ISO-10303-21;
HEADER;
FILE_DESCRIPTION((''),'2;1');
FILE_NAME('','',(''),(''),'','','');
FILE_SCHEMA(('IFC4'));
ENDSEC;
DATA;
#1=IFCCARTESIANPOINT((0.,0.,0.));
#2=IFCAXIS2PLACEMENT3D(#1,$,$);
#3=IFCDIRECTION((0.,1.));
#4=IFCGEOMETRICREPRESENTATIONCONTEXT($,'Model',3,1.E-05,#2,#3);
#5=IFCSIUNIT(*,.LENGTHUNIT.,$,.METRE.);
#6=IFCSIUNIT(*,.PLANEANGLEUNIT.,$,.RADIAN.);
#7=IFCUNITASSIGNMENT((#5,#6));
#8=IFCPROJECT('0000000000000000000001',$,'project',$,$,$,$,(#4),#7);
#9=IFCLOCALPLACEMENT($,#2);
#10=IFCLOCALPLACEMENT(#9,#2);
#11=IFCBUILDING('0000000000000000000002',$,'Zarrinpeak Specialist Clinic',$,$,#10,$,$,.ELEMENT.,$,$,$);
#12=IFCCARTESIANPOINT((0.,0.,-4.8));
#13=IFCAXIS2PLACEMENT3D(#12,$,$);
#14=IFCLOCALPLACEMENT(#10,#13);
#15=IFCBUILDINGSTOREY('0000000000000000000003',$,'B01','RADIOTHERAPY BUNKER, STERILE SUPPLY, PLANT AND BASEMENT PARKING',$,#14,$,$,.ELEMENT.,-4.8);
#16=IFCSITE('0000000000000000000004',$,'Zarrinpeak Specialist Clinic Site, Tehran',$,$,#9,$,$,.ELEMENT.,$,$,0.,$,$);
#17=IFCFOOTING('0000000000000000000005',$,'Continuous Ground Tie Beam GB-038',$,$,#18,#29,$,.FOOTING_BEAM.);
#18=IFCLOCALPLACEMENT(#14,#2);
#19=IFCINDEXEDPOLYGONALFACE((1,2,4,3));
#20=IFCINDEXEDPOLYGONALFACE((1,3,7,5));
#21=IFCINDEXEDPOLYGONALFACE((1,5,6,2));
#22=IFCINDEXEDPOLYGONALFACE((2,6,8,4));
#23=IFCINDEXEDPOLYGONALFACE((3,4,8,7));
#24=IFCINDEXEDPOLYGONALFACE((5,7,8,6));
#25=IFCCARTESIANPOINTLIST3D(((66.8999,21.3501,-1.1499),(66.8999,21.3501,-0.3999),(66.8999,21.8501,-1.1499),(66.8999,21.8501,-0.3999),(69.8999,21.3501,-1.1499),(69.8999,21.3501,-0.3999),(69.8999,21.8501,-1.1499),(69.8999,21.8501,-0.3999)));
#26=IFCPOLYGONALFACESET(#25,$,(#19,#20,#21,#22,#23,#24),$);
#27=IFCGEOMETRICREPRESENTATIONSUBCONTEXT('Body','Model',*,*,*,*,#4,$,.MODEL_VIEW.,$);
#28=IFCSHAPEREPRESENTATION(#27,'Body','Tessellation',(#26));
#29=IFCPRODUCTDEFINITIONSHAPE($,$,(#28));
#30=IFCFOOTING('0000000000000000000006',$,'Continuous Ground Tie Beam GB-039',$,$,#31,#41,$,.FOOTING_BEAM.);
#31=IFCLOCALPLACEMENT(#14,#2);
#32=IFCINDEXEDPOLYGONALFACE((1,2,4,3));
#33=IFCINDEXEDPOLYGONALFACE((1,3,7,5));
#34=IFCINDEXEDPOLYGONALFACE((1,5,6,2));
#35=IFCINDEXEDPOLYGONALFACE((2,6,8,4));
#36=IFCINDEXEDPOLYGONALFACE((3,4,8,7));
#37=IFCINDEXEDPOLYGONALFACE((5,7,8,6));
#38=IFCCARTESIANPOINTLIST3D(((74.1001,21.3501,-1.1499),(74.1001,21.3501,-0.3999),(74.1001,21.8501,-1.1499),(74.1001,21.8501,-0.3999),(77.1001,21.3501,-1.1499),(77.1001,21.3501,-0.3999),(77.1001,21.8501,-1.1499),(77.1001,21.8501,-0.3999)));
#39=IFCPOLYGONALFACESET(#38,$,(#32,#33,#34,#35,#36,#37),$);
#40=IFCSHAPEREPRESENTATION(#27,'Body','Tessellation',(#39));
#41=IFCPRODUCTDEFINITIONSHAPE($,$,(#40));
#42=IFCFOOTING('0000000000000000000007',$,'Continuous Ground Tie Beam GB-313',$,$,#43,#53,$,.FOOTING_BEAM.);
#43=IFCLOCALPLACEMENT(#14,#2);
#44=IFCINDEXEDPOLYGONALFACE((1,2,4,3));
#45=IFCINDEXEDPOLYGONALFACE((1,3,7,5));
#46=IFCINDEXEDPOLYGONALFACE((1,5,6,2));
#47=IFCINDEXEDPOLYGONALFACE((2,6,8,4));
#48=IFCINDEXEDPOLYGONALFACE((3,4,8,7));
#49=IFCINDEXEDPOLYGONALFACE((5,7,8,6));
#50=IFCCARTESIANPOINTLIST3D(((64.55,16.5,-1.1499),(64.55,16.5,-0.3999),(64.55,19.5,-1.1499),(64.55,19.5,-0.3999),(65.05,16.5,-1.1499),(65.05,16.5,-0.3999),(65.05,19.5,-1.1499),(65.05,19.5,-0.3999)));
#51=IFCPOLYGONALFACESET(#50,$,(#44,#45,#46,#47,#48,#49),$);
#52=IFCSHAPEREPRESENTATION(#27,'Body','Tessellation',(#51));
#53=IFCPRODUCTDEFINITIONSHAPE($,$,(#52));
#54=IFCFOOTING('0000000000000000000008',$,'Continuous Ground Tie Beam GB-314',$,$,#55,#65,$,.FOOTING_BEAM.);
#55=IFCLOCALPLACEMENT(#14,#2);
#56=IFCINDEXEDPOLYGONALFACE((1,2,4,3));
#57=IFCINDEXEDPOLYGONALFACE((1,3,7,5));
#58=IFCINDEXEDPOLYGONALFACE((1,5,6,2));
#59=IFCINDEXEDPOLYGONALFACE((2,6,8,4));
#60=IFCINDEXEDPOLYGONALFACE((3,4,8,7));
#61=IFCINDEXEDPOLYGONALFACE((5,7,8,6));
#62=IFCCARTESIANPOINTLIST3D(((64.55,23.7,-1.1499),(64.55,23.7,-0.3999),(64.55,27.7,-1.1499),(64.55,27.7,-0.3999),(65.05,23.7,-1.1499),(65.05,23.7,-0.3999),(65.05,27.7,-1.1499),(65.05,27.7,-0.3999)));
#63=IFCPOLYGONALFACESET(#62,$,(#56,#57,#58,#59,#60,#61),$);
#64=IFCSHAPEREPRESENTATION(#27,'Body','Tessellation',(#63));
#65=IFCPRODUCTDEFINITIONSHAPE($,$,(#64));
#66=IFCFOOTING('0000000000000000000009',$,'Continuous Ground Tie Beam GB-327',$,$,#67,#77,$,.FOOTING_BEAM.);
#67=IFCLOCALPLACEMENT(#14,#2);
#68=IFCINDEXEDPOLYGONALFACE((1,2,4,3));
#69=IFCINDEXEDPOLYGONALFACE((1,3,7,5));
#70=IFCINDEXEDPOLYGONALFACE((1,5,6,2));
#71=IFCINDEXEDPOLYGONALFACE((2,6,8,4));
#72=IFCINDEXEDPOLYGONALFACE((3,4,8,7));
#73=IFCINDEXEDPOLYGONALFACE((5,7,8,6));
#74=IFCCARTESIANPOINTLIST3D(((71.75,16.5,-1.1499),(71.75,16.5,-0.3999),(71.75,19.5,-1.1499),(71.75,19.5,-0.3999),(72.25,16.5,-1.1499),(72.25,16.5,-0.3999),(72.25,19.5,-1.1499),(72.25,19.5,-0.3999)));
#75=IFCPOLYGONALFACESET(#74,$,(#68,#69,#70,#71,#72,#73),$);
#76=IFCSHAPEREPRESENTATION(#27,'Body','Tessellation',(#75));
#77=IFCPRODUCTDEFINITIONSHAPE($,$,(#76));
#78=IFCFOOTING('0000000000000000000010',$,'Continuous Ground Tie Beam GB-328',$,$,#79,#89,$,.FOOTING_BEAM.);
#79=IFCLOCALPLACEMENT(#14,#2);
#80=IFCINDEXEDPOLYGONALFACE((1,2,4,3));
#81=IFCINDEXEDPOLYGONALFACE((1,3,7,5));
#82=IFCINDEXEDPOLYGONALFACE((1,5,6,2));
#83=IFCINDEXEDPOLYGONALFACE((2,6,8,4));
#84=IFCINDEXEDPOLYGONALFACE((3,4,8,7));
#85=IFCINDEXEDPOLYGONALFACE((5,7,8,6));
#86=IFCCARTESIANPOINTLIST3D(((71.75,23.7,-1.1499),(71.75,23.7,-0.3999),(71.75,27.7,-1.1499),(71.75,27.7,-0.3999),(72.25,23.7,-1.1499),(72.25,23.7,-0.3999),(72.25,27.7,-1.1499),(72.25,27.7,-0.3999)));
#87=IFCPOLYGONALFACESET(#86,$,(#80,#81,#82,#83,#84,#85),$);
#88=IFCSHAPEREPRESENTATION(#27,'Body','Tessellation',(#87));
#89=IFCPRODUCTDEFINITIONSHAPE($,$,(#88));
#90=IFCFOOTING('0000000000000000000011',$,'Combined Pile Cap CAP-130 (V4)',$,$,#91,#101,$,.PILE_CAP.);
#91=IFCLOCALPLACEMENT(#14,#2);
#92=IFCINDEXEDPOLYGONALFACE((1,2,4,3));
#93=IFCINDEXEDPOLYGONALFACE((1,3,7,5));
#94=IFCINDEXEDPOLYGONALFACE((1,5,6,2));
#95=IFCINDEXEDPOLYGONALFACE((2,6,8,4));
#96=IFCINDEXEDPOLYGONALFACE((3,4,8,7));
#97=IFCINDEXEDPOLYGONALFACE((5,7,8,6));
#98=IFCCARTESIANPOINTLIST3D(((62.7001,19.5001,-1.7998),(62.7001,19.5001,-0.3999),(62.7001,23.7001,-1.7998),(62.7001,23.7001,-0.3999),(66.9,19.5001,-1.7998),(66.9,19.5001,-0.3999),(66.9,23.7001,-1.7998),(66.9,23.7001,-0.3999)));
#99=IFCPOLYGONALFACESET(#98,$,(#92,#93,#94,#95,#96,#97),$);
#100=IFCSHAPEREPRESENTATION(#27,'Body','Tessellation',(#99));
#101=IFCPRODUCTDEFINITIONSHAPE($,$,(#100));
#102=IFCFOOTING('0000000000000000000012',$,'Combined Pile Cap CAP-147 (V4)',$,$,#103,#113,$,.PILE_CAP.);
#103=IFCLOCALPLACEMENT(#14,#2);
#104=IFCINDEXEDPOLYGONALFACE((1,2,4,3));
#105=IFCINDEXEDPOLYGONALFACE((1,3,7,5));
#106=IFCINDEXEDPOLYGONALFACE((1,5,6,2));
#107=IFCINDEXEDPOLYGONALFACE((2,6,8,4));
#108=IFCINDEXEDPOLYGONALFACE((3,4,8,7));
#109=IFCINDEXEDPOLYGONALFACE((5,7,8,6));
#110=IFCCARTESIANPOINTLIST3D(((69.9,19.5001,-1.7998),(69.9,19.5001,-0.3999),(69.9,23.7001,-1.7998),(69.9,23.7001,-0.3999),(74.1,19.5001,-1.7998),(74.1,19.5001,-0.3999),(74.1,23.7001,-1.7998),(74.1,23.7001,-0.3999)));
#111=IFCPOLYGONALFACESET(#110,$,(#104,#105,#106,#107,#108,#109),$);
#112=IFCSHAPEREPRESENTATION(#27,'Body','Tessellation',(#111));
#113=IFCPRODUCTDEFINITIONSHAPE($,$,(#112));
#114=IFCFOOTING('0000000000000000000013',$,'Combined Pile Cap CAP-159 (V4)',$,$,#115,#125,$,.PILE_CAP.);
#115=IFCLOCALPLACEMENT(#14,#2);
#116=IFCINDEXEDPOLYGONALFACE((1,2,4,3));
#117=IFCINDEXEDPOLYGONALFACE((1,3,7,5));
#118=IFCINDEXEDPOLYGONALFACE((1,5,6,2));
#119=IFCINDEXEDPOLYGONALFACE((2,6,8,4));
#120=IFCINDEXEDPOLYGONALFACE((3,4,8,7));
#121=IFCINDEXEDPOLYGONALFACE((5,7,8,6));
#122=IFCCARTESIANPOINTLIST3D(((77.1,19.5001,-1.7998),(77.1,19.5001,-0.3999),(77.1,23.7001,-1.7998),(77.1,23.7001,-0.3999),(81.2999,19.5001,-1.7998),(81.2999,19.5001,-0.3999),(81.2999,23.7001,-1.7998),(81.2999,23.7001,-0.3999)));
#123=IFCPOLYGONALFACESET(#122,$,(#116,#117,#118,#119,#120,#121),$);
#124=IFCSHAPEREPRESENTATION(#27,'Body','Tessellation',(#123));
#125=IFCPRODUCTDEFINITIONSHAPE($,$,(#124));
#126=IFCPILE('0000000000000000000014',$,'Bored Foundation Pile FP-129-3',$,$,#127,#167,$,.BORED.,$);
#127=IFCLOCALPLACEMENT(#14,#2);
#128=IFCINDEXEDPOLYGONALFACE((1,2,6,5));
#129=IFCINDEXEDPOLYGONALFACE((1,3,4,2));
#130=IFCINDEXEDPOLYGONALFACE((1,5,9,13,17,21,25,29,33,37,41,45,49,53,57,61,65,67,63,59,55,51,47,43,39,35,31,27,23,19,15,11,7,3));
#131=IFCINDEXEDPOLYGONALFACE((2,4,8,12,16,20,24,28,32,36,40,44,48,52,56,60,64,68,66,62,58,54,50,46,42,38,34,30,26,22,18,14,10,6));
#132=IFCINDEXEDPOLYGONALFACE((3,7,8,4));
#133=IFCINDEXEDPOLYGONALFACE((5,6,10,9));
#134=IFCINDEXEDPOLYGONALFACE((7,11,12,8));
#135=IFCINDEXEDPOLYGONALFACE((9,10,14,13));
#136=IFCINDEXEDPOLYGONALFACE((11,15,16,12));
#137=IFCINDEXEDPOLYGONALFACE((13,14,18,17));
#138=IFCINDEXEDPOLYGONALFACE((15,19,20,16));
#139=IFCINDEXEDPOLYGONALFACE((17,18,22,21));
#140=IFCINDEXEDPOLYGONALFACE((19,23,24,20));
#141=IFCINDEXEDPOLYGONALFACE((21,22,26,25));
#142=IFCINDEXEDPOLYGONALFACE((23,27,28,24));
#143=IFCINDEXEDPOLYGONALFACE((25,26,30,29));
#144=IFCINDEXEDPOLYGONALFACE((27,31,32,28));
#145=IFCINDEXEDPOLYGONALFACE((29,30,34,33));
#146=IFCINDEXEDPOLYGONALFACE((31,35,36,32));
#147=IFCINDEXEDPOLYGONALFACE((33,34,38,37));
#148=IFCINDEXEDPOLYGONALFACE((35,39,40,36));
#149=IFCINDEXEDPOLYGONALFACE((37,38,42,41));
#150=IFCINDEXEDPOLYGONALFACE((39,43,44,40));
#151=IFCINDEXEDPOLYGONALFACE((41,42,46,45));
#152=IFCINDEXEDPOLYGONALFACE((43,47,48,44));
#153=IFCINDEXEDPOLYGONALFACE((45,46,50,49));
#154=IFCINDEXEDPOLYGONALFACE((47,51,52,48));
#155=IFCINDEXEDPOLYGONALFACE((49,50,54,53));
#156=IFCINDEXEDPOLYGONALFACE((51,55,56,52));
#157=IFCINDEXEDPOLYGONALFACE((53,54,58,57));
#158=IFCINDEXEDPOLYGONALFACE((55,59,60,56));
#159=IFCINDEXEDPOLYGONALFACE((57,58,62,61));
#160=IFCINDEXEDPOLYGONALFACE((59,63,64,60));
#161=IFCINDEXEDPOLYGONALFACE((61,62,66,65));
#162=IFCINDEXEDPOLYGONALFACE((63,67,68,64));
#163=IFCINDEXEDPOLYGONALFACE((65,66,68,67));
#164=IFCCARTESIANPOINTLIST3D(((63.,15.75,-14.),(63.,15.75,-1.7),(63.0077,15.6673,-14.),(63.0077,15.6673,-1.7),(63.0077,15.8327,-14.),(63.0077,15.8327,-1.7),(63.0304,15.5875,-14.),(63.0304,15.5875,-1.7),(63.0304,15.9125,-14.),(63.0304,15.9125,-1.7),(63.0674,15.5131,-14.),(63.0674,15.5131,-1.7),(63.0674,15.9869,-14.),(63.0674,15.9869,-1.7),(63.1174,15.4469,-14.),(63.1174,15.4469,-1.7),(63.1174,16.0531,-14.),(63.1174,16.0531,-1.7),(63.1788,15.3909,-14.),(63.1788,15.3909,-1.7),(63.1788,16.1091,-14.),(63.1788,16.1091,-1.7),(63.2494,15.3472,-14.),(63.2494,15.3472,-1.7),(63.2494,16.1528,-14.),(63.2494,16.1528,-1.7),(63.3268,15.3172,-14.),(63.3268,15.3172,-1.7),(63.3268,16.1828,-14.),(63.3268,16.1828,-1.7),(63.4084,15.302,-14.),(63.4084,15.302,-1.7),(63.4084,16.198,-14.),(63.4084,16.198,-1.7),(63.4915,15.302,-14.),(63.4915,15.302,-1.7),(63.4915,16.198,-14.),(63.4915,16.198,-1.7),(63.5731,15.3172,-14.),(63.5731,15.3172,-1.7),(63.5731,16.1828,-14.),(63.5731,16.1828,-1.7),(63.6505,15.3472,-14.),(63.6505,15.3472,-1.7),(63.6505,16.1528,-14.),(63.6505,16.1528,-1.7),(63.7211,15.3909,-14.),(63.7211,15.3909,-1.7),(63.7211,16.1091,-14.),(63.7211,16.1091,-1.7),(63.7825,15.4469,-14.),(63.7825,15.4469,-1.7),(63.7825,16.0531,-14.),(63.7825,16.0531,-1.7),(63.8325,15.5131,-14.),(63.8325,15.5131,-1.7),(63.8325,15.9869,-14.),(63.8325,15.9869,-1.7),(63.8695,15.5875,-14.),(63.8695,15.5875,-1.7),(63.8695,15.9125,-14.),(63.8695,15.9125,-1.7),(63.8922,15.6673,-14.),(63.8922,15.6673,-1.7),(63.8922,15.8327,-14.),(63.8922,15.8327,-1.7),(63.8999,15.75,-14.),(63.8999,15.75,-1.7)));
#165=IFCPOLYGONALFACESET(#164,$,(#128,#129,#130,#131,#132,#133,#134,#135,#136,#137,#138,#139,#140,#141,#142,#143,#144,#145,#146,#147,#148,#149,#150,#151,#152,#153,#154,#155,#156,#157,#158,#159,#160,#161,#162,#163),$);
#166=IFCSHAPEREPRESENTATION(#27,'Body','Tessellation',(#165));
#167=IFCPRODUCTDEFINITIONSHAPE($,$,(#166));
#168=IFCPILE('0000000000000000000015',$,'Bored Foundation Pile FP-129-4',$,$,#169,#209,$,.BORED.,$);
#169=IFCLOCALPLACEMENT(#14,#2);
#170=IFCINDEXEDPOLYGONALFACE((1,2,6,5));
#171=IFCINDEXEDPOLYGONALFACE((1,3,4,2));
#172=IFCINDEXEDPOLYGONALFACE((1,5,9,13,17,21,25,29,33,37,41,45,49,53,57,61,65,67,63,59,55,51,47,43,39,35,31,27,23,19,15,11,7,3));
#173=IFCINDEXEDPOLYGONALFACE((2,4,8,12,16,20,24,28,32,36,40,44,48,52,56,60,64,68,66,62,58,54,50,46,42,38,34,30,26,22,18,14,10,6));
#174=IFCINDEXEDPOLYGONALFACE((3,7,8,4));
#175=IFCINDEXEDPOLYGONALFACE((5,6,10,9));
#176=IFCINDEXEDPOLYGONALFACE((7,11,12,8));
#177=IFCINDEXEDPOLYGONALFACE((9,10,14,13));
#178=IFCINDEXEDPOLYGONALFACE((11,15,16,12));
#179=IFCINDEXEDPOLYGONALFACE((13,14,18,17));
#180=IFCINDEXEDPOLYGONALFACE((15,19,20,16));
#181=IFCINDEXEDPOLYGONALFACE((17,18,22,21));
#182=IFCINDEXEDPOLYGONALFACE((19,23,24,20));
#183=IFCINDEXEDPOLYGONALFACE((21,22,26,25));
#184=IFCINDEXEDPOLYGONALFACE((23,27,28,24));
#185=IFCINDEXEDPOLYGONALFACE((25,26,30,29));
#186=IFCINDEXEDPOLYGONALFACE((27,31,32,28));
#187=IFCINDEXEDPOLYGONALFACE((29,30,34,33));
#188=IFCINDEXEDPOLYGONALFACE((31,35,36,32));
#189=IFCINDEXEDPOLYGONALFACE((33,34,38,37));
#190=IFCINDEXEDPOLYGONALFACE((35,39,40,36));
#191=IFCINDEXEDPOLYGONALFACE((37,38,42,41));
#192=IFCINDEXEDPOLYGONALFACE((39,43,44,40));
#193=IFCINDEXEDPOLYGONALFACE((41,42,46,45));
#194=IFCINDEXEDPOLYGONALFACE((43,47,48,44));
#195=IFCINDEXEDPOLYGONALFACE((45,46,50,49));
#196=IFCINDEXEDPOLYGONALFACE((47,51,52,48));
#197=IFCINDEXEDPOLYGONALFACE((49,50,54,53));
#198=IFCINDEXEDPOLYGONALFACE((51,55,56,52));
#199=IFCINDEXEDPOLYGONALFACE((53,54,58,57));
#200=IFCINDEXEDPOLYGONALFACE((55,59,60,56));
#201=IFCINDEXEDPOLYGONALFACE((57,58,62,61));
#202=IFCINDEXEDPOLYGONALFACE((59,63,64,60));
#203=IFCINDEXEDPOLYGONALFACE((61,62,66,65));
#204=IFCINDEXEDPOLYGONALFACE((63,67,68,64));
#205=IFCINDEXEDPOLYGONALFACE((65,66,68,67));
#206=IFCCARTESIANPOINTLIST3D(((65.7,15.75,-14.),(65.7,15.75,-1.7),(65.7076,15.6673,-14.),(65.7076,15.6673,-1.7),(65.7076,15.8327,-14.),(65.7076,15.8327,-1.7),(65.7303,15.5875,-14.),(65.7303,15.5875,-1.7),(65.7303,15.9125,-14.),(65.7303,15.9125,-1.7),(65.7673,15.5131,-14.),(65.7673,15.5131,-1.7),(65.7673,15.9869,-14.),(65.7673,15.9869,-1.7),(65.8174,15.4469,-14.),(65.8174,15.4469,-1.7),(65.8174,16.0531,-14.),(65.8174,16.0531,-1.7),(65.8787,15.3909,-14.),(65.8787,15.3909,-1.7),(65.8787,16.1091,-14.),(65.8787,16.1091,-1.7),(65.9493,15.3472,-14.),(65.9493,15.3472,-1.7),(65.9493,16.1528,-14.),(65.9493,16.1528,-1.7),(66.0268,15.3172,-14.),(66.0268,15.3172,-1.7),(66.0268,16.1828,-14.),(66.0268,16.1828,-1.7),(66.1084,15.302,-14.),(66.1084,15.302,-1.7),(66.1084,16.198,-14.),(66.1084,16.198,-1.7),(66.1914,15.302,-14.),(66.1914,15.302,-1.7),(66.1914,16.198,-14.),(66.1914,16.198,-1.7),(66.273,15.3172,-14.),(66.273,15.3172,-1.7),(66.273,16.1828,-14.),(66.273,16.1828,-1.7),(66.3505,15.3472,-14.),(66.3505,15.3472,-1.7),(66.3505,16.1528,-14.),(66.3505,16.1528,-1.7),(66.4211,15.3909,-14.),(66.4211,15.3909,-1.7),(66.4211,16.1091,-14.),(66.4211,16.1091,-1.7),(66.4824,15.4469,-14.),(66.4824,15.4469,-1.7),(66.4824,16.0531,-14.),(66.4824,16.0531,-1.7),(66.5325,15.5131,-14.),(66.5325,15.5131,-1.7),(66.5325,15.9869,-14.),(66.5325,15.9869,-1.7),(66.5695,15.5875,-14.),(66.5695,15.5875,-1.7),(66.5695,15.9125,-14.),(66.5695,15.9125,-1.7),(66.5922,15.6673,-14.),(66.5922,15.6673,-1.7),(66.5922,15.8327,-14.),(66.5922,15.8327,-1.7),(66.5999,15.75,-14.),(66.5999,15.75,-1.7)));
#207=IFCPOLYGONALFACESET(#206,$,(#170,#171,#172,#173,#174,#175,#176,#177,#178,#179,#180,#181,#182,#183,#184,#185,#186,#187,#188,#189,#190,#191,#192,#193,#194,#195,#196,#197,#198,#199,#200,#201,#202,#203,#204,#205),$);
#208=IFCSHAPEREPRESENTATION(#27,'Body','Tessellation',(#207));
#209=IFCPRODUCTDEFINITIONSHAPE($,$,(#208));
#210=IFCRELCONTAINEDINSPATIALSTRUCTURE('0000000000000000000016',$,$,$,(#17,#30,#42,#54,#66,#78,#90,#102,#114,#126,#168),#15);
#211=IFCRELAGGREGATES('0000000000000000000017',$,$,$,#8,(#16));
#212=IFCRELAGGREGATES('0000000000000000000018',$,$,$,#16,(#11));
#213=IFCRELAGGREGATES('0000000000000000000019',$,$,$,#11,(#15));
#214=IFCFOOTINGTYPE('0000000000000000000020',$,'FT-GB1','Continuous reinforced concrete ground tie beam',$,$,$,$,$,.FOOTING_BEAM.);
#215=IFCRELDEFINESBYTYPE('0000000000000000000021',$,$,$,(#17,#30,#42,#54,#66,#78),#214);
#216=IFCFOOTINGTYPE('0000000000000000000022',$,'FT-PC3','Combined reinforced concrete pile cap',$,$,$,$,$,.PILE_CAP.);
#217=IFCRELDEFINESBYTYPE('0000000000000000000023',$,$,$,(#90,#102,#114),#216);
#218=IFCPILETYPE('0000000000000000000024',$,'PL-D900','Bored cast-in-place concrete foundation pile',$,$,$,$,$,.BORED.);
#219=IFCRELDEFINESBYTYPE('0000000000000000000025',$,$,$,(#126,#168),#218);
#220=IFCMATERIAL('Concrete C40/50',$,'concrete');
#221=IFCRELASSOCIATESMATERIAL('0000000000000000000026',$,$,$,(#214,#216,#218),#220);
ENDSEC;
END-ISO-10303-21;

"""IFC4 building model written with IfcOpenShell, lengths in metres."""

from ifc_helpers import new_model, si_unit, direction, frame, origin, origin_2d, place, context, subcontext, project, spatial, rectangle, circle, extrude, material, material_profile, profile_set, type_object, element, save


model = new_model("IFC4")

# Units and contexts
model_context = context("Model", 3, precision=1e-05, world=origin(), true_north=direction((0.0, 1.0)))
body_context = subcontext(model_context, "Body", "Model", "MODEL_VIEW")
ifc_project = project(units=[si_unit("LENGTHUNIT", "METRE"), si_unit("PLANEANGLEUNIT", "RADIAN")], contexts=[model_context])

# Site, building, storey
site_placement = place(None, origin())
site = spatial("IfcSite", under=ifc_project, at=site_placement, Name="Zarrinpeak Specialist Clinic Site, Tehran", CompositionType="ELEMENT", RefElevation=0.0)
building_placement = place(site_placement, origin())
building = spatial("IfcBuilding", under=site, at=building_placement, Name="Zarrinpeak Specialist Clinic", CompositionType="ELEMENT")
storey_placement = place(building_placement, frame((0.0, 0.0, -4.8)))
storey = spatial("IfcBuildingStorey", under=building, at=storey_placement, Name="B01", Description="RADIOTHERAPY BUNKER, STERILE SUPPLY, PLANT AND BASEMENT PARKING", CompositionType="ELEMENT", Elevation=-4.8)

# Footings
ifc_material_1 = material(Name="Concrete C40/50", Category="concrete")
ifc_material_profile_1 = material_profile(ifc_material_1, rectangle(XDim=0.5, YDim=0.75, at=origin_2d()), Name="RC 500x750")
ifc_profile_set_1 = profile_set([ifc_material_profile_1], Name="Concrete C40/50")
footing_type_1 = type_object("IfcFootingType", Name="FT-GB1", Description="Continuous reinforced concrete ground tie beam", PredefinedType="FOOTING_BEAM", material=ifc_profile_set_1)
for number, where, z_axis, x_axis, name in (
    (1, (66.8999, 21.6001, -0.7749), (1.0, 0.0, 0.0), (0.0, 1.0, 0.0), "Continuous Ground Tie Beam GB-038"),
    (2, (74.1001, 21.6001, -0.7749), (1.0, 0.0, 0.0), (0.0, 1.0, 0.0), "Continuous Ground Tie Beam GB-039"),
    (3, (64.8, 16.5, -0.7749), (0.0, 1.0, 0.0), (-1.0, 0.0, 0.0), "Continuous Ground Tie Beam GB-313"),
):
    element("IfcFooting", number, at=place(storey_placement, frame(where, z_axis=z_axis, x_axis=x_axis)), inside=storey, type_object=footing_type_1, Name=name, PredefinedType="FOOTING_BEAM", context=body_context, shape_type="SweptSolid", body=[
        extrude(rectangle(XDim=0.5, YDim=0.75, at=origin_2d()), origin(), (0.0, 0.0, 1.0), 3.0),
    ])
footing_1_placement = place(storey_placement, frame((64.8, 23.7, -0.7749), z_axis=(0.0, 1.0, 0.0), x_axis=(-1.0, 0.0, 0.0)))
element("IfcFooting", 4, at=footing_1_placement, inside=storey, type_object=footing_type_1, Name="Continuous Ground Tie Beam GB-314", PredefinedType="FOOTING_BEAM", context=body_context, shape_type="SweptSolid", body=[
    extrude(rectangle(XDim=0.5, YDim=0.75, at=origin_2d()), origin(), (0.0, 0.0, 1.0), 4.0),
])
footing_2_placement = place(storey_placement, frame((72.0, 16.5, -0.7749), z_axis=(0.0, 1.0, 0.0), x_axis=(-1.0, 0.0, 0.0)))
element("IfcFooting", 5, at=footing_2_placement, inside=storey, type_object=footing_type_1, Name="Continuous Ground Tie Beam GB-327", PredefinedType="FOOTING_BEAM", context=body_context, shape_type="SweptSolid", body=[
    extrude(rectangle(XDim=0.5, YDim=0.75, at=origin_2d()), origin(), (0.0, 0.0, 1.0), 3.0),
])
footing_3_placement = place(storey_placement, frame((72.0, 23.7, -0.7749), z_axis=(0.0, 1.0, 0.0), x_axis=(-1.0, 0.0, 0.0)))
element("IfcFooting", 6, at=footing_3_placement, inside=storey, type_object=footing_type_1, Name="Continuous Ground Tie Beam GB-328", PredefinedType="FOOTING_BEAM", context=body_context, shape_type="SweptSolid", body=[
    extrude(rectangle(XDim=0.5, YDim=0.75, at=origin_2d()), origin(), (0.0, 0.0, 1.0), 4.0),
])
footing_type_2 = type_object("IfcFootingType", Name="FT-PC3", Description="Combined reinforced concrete pile cap", PredefinedType="PILE_CAP", material=ifc_material_1)
for number, where, z_axis, x_axis, name in (
    (7, (64.8, 21.6001, -1.7998), (0.0, 0.0, 1.0), (1.0, 0.0, 0.0), "Combined Pile Cap CAP-130 (V4)"),
    (8, (72.0, 21.6001, -1.7998), (0.0, 0.0, 1.0), (1.0, 0.0, 0.0), "Combined Pile Cap CAP-147 (V4)"),
    (9, (79.2, 21.6001, -1.7998), (0.0, 0.0, 1.0), (1.0, 0.0, 0.0), "Combined Pile Cap CAP-159 (V4)"),
):
    element("IfcFooting", number, at=place(storey_placement, frame(where, z_axis=z_axis, x_axis=x_axis)), inside=storey, type_object=footing_type_2, Name=name, PredefinedType="PILE_CAP", context=body_context, shape_type="SweptSolid", body=[
        extrude(rectangle(XDim=4.2, YDim=4.2, at=origin_2d()), origin(), (0.0, 0.0, 1.0), 1.3999),
    ])

# Piles
ifc_material_profile_2 = material_profile(ifc_material_1, circle(Radius=0.45, at=origin_2d()), Name="BORED PILE D900")
ifc_profile_set_2 = profile_set([ifc_material_profile_2], Name="Concrete C40/50")
pile_type = type_object("IfcPileType", Name="PL-D900", Description="Bored cast-in-place concrete foundation pile", PredefinedType="BORED", material=ifc_profile_set_2)
for number, where, z_axis, x_axis, name in (
    (10, (63.45, 15.75, -1.7), (0.0, 0.0, -1.0), (1.0, 0.0, 0.0), "Bored Foundation Pile FP-129-3"),
    (11, (66.1499, 15.75, -1.7), (0.0, 0.0, -1.0), (1.0, 0.0, 0.0), "Bored Foundation Pile FP-129-4"),
):
    element("IfcPile", number, at=place(storey_placement, frame(where, z_axis=z_axis, x_axis=x_axis)), inside=storey, type_object=pile_type, Name=name, PredefinedType="BORED", context=body_context, shape_type="SweptSolid", body=[
        extrude(circle(Radius=0.45, at=origin_2d()), origin(), (0.0, 0.0, 1.0), 12.3),
    ])

save(model, "model.ifc")
